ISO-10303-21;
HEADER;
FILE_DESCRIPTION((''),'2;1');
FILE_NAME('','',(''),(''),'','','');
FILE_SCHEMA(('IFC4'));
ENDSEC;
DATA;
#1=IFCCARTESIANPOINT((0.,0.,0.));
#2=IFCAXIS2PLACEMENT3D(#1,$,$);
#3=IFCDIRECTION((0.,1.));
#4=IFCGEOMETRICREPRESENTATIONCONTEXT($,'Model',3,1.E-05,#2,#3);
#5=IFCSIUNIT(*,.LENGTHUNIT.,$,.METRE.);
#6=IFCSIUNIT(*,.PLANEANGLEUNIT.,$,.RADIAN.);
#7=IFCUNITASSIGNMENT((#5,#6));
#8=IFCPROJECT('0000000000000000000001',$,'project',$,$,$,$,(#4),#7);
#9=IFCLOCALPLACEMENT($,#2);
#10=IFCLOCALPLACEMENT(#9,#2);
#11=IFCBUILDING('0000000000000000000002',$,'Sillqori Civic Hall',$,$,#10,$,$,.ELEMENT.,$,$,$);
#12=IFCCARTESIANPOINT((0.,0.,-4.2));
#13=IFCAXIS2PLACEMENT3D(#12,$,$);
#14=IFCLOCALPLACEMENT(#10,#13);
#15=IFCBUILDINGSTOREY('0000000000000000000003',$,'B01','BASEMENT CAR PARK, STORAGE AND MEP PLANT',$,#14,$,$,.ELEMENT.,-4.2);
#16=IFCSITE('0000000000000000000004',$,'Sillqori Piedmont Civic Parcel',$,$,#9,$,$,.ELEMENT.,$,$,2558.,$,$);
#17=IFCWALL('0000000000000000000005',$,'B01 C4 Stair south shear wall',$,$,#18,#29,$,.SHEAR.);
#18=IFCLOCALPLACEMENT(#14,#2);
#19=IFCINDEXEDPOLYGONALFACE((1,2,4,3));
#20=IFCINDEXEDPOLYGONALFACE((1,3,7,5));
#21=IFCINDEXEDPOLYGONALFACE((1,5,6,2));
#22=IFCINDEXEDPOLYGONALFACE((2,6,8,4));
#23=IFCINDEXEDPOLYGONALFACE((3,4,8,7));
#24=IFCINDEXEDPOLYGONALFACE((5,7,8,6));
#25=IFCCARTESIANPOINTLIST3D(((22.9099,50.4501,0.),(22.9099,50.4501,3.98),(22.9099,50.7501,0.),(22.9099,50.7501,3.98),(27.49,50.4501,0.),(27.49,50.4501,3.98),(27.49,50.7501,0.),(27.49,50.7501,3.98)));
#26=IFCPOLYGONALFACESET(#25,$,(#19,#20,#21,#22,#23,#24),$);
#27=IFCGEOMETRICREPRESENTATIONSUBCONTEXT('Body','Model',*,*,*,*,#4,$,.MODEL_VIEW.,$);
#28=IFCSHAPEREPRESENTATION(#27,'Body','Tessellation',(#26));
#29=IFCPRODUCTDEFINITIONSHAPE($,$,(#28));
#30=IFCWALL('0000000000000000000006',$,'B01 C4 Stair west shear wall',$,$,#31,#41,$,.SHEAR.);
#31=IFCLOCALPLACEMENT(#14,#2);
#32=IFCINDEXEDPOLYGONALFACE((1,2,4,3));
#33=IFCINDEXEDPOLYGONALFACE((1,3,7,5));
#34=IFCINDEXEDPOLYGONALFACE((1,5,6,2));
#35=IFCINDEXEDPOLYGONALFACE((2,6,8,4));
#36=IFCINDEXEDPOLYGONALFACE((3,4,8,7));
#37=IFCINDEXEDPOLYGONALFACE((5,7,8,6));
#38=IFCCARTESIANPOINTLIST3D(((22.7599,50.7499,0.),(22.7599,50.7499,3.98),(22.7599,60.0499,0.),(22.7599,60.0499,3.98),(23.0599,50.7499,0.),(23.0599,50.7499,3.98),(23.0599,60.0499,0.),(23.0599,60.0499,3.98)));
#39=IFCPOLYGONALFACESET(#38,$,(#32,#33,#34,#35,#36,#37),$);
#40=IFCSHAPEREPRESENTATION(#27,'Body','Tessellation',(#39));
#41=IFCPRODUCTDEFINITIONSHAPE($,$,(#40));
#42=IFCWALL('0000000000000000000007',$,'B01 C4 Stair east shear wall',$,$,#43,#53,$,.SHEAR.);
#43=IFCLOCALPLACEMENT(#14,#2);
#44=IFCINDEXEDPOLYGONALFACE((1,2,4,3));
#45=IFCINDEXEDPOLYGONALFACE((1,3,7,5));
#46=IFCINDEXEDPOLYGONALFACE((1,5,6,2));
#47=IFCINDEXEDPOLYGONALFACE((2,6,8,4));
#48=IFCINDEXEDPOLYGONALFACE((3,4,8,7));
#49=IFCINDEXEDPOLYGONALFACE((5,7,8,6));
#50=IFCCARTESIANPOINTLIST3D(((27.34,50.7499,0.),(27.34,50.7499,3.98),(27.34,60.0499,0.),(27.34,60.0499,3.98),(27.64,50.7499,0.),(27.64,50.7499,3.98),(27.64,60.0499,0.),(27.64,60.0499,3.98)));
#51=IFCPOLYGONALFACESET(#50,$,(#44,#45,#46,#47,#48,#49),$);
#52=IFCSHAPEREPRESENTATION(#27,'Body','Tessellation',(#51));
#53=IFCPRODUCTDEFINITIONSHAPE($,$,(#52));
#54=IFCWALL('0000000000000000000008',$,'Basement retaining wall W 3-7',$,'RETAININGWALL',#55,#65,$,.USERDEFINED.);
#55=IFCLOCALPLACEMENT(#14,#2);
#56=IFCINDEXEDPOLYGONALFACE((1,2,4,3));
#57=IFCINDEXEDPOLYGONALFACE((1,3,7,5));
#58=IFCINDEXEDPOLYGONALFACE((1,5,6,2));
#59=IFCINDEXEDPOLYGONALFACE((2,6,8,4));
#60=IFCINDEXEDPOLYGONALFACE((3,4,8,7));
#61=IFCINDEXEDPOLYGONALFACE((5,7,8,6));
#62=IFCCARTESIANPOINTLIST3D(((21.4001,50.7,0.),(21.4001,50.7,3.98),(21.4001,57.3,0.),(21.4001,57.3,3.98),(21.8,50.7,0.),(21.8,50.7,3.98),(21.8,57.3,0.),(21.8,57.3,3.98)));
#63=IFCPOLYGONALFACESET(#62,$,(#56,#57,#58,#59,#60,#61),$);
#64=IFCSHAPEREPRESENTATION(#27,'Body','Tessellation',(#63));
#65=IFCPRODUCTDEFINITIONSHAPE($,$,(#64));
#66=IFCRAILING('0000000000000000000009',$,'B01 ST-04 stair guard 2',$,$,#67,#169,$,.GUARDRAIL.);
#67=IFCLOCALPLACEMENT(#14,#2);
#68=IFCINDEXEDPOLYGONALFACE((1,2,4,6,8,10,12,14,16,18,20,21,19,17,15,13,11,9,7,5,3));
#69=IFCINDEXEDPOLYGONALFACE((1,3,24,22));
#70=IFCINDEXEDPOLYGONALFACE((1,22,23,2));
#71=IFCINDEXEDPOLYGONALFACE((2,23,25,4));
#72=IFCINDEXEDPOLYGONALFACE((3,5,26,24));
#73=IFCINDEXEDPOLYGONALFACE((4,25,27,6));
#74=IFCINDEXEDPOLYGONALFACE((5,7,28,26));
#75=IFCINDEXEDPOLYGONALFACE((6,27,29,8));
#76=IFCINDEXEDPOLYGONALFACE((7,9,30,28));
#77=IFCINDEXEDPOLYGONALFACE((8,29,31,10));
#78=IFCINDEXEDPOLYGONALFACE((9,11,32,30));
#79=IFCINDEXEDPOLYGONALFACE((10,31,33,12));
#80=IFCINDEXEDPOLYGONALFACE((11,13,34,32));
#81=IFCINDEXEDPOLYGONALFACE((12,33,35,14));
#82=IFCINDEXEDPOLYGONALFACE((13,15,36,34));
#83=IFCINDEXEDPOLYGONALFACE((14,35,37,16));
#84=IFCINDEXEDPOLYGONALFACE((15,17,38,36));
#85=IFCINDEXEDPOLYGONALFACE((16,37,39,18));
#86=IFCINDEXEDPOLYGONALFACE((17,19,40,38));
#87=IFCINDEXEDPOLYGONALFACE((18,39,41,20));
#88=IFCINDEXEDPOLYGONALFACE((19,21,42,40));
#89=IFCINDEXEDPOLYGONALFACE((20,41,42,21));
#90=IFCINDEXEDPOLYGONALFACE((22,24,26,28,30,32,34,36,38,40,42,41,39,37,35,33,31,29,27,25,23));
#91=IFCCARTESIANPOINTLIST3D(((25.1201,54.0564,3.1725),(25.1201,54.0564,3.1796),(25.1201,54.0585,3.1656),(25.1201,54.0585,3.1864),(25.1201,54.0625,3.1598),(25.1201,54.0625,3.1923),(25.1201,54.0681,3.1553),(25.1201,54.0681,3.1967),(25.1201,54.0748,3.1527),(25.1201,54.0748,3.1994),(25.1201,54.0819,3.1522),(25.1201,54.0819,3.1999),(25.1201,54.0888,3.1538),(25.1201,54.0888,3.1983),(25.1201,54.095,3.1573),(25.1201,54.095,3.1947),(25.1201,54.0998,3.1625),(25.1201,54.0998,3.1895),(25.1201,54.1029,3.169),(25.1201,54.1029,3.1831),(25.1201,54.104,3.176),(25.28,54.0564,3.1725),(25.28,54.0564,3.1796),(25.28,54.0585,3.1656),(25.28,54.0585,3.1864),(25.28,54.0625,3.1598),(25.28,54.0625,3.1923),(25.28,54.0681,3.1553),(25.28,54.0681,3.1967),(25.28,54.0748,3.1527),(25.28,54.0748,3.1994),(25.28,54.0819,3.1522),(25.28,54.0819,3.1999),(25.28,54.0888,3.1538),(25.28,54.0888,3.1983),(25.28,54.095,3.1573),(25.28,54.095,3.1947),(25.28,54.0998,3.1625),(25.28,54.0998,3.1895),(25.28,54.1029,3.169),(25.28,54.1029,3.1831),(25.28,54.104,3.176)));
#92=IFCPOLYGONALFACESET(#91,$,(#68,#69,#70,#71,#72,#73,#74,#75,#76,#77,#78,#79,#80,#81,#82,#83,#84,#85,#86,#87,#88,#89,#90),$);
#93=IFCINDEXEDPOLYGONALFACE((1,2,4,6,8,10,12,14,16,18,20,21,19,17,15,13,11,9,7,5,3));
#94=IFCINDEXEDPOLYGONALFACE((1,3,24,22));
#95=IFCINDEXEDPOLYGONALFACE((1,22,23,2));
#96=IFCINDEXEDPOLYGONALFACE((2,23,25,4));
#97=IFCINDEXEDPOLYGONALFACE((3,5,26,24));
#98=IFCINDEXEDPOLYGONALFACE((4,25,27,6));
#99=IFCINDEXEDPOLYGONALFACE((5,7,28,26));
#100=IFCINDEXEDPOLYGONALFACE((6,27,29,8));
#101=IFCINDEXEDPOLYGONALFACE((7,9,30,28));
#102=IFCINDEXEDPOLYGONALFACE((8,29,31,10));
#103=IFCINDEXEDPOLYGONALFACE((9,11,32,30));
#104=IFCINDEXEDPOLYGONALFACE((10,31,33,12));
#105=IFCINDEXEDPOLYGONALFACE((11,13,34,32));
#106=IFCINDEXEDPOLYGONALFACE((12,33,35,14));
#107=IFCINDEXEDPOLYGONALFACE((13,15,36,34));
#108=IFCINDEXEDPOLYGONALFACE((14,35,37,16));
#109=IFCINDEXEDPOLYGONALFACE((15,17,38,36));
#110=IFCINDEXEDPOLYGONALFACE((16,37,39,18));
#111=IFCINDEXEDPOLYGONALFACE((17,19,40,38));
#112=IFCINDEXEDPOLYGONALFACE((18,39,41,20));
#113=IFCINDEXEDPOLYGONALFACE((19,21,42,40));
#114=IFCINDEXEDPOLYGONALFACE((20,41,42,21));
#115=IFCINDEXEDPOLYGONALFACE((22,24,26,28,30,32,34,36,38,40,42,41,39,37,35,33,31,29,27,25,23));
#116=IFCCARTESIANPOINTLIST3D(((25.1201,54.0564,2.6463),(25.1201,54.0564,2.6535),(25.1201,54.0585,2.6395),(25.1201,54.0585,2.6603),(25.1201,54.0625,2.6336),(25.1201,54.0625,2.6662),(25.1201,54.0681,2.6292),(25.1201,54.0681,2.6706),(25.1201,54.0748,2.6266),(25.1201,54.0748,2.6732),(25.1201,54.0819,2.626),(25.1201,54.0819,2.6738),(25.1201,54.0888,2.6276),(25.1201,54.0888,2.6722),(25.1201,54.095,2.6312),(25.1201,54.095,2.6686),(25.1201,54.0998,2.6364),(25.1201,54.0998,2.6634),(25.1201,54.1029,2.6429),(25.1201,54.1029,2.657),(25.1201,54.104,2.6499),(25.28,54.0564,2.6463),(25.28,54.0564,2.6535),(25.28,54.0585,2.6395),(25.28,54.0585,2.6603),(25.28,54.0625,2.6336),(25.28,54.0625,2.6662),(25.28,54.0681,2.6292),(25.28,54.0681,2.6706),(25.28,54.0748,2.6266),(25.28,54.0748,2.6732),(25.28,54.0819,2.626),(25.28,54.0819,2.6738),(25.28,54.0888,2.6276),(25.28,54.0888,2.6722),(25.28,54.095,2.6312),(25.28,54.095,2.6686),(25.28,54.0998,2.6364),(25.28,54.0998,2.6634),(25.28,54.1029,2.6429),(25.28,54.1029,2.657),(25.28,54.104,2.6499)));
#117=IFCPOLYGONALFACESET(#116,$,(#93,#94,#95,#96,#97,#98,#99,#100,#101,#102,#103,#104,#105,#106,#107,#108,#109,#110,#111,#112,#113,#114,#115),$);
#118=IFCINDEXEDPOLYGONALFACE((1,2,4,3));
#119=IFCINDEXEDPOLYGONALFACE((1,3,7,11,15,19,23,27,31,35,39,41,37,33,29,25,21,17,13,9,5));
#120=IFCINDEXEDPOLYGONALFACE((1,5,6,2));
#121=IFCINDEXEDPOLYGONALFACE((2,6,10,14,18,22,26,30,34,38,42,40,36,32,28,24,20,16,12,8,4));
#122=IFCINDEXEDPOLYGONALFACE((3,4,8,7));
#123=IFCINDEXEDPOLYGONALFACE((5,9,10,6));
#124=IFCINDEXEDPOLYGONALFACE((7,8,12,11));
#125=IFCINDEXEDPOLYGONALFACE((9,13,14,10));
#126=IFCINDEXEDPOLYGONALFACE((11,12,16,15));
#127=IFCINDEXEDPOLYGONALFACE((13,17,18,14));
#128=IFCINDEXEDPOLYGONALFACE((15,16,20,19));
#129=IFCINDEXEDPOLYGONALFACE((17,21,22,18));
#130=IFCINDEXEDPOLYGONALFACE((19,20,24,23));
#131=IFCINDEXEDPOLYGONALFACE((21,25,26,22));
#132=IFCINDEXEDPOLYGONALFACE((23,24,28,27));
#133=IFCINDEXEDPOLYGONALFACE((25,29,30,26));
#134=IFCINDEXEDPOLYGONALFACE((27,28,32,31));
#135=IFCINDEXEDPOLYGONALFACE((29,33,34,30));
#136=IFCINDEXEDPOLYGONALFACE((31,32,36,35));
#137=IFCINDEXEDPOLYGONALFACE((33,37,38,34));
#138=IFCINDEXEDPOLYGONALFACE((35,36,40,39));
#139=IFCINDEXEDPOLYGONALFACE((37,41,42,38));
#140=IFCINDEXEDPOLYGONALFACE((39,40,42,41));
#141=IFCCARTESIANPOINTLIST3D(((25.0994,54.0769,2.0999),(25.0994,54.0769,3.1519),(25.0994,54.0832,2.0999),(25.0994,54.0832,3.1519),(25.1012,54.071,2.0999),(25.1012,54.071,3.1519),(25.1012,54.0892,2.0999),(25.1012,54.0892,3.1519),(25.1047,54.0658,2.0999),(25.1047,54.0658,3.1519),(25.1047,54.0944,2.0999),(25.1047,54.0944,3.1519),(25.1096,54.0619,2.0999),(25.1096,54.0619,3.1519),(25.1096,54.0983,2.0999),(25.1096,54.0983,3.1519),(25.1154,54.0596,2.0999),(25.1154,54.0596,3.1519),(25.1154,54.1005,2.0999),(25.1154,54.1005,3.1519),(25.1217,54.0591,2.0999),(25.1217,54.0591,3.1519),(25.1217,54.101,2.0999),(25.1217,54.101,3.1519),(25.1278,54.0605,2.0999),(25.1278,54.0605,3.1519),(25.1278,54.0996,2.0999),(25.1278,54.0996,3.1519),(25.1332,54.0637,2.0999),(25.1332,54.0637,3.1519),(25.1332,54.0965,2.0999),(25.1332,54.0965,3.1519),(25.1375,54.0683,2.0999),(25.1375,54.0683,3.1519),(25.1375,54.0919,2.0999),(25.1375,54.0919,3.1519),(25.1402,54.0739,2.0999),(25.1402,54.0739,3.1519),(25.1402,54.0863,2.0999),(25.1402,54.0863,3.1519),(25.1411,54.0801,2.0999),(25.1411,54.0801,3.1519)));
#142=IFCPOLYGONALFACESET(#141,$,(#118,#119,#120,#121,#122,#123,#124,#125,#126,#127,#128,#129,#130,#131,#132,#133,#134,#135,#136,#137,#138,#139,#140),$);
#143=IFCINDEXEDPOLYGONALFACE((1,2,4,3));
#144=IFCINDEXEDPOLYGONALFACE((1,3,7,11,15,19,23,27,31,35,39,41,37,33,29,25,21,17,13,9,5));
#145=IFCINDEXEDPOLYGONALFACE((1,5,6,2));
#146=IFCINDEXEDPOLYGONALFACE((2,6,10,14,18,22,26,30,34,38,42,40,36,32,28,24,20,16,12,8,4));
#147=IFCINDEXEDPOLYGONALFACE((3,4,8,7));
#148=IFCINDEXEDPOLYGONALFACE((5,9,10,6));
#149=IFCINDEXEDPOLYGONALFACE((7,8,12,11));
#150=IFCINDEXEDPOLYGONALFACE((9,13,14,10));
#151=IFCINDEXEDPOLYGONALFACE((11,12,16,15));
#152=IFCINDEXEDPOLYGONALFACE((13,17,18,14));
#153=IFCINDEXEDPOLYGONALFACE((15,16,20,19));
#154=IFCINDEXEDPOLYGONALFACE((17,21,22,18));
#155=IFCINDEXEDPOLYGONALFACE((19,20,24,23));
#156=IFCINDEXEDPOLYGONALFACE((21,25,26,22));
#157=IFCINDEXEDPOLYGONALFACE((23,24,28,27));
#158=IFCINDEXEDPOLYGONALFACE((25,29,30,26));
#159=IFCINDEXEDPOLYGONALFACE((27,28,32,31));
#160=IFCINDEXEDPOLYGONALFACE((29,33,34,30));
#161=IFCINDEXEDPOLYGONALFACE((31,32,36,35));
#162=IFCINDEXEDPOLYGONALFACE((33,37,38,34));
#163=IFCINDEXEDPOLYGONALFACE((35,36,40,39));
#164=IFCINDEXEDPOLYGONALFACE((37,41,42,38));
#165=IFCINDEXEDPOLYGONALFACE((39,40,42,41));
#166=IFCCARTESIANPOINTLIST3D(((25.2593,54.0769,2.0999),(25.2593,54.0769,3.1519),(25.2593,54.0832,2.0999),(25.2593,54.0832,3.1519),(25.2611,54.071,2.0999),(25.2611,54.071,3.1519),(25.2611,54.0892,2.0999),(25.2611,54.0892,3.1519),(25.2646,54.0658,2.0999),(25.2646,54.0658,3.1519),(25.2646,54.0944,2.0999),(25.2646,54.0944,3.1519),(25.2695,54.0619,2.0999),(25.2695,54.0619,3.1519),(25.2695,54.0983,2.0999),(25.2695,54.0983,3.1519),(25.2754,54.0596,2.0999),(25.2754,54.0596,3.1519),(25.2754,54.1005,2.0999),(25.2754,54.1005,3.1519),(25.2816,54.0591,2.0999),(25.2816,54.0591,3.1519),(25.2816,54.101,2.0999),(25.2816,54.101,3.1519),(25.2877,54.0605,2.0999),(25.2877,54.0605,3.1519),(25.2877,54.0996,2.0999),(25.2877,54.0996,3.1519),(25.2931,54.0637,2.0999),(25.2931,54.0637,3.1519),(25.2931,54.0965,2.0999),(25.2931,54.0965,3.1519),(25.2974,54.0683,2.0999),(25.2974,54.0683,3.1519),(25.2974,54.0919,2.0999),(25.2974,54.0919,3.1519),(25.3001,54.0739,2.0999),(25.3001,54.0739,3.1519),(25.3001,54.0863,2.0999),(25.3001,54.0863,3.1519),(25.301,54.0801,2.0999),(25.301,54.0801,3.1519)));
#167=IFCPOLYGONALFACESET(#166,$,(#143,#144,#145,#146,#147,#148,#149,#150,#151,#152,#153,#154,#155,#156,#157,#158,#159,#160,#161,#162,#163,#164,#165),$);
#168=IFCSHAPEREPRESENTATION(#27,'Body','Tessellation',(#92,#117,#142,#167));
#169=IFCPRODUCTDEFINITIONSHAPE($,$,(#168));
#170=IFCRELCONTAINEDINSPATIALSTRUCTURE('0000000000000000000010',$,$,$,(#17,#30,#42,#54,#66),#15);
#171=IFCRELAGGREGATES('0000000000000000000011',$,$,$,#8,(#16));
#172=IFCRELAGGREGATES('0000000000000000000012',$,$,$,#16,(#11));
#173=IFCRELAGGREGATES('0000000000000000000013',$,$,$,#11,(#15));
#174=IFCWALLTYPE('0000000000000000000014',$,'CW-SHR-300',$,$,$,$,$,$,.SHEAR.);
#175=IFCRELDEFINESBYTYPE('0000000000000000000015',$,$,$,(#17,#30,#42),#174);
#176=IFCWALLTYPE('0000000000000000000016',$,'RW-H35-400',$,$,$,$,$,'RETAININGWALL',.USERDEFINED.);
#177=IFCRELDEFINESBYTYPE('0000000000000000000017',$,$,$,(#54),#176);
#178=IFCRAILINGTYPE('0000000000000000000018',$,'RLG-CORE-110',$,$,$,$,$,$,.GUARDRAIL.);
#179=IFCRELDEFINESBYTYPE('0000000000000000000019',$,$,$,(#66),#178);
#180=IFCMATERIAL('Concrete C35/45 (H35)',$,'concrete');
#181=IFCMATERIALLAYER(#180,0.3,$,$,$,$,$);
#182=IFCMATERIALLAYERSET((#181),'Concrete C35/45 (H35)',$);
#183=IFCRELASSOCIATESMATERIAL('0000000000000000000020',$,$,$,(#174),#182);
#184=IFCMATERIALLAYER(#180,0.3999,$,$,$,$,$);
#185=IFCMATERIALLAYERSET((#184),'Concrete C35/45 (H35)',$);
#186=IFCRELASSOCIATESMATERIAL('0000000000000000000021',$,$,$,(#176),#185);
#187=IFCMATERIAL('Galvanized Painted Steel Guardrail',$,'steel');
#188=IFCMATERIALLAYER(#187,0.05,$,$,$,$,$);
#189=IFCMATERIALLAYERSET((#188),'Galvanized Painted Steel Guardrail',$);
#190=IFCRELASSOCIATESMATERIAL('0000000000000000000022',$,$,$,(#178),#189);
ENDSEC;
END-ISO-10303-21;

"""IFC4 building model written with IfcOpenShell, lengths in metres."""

from ifc_helpers import new_model, si_unit, direction, frame, frame_2d, origin, origin_2d, place, context, subcontext, project, spatial, rectangle, circle, extrude, material, layer, layer_set, type_object, element, save


model = new_model("IFC4")

# Units and contexts
model_context = context("Model", 3, precision=1e-05, world=origin(), true_north=direction((0.0, 1.0)))
body_context = subcontext(model_context, "Body", "Model", "MODEL_VIEW")
ifc_project = project(units=[si_unit("LENGTHUNIT", "METRE"), si_unit("PLANEANGLEUNIT", "RADIAN")], contexts=[model_context])

# Site, building, storey
site_placement = place(None, origin())
site = spatial("IfcSite", under=ifc_project, at=site_placement, Name="Sillqori Piedmont Civic Parcel", CompositionType="ELEMENT", RefElevation=2558.0)
building_placement = place(site_placement, origin())
building = spatial("IfcBuilding", under=site, at=building_placement, Name="Sillqori Civic Hall", CompositionType="ELEMENT")
storey_placement = place(building_placement, frame((0.0, 0.0, -4.2)))
storey = spatial("IfcBuildingStorey", under=building, at=storey_placement, Name="B01", Description="BASEMENT CAR PARK, STORAGE AND MEP PLANT", CompositionType="ELEMENT", Elevation=-4.2)

# Shared definitions
ifc_material_1 = material(Name="Concrete C35/45 (H35)", Category="concrete")

# Walls
ifc_layer_1 = layer(ifc_material_1, 0.3)
ifc_layer_set_1 = layer_set([ifc_layer_1], Name="Concrete C35/45 (H35)")
wall_type_1 = type_object("IfcWallType", Name="CW-SHR-300", PredefinedType="SHEAR", material=ifc_layer_set_1)
wall_1_placement = place(storey_placement, frame((22.9099, 50.6001, 0.0), z_axis=(0.0, 0.0, 1.0), x_axis=(1.0, 0.0, 0.0)))
element("IfcWall", 1, at=wall_1_placement, inside=storey, type_object=wall_type_1, Name="B01 C4 Stair south shear wall", PredefinedType="SHEAR", context=body_context, shape_type="SweptSolid", body=[
    extrude(rectangle(XDim=4.5801, YDim=0.3, at=frame_2d((2.29, 0.0))), origin(), (0.0, 0.0, 1.0), 3.98),
])
for number, where, z_axis, x_axis, name in (
    (2, (22.9099, 50.75, 0.0), (0.0, 0.0, 1.0), (0.0, 1.0, 0.0), "B01 C4 Stair west shear wall"),
    (3, (27.49, 50.75, 0.0), (0.0, 0.0, 1.0), (0.0, 1.0, 0.0), "B01 C4 Stair east shear wall"),
):
    element("IfcWall", number, at=place(storey_placement, frame(where, z_axis=z_axis, x_axis=x_axis)), inside=storey, type_object=wall_type_1, Name=name, PredefinedType="SHEAR", context=body_context, shape_type="SweptSolid", body=[
        extrude(rectangle(XDim=9.3, YDim=0.3, at=frame_2d((4.6499, 0.0))), origin(), (0.0, 0.0, 1.0), 3.98),
    ])
ifc_layer_2 = layer(ifc_material_1, 0.3999)
ifc_layer_set_2 = layer_set([ifc_layer_2], Name="Concrete C35/45 (H35)")
wall_type_2 = type_object("IfcWallType", Name="RW-H35-400", ElementType="RETAININGWALL", PredefinedType="USERDEFINED", material=ifc_layer_set_2)
wall_2_placement = place(storey_placement, frame((21.6001, 50.7, 0.0), z_axis=(0.0, 0.0, 1.0), x_axis=(0.0, 1.0, 0.0)))
element("IfcWall", 4, at=wall_2_placement, inside=storey, type_object=wall_type_2, Name="Basement retaining wall W 3-7", ObjectType="RETAININGWALL", PredefinedType="USERDEFINED", context=body_context, shape_type="SweptSolid", body=[
    extrude(rectangle(XDim=6.6001, YDim=0.3999, at=frame_2d((3.3, 0.0))), origin(), (0.0, 0.0, 1.0), 3.98),
])

# Railing
ifc_material_2 = material(Name="Galvanized Painted Steel Guardrail", Category="steel")
ifc_layer_3 = layer(ifc_material_2, 0.05)
ifc_layer_set_3 = layer_set([ifc_layer_3], Name="Galvanized Painted Steel Guardrail")
railing_type = type_object("IfcRailingType", Name="RLG-CORE-110", PredefinedType="GUARDRAIL", material=ifc_layer_set_3)
railing_placement = place(storey_placement, frame((25.1201, 54.0801, 2.0999)))
element("IfcRailing", 5, at=railing_placement, inside=storey, type_object=railing_type, Name="B01 ST-04 stair guard 2", PredefinedType="GUARDRAIL", context=body_context, shape_type="SweptSolid", body=[
    extrude(circle(Radius=0.0239, at=origin_2d()), frame((0.0, 0.0, 1.0762), z_axis=(1.0, 0.0, 0.0), x_axis=(0.0, 1.0, 0.0)), (0.0, 0.0, 1.0), 0.1599),
    extrude(circle(Radius=0.0239, at=origin_2d()), frame((0.0, 0.0, 0.55), z_axis=(1.0, 0.0, 0.0), x_axis=(0.0, 1.0, 0.0)), (0.0, 0.0, 1.0), 0.1599),
    extrude(circle(Radius=0.021, at=origin_2d()), origin(), (0.0, 0.0, 1.0), 1.052),
    extrude(circle(Radius=0.021, at=origin_2d()), frame((0.1599, 0.0, 0.0)), (0.0, 0.0, 1.0), 1.052),
])

save(model, "model.ifc")
